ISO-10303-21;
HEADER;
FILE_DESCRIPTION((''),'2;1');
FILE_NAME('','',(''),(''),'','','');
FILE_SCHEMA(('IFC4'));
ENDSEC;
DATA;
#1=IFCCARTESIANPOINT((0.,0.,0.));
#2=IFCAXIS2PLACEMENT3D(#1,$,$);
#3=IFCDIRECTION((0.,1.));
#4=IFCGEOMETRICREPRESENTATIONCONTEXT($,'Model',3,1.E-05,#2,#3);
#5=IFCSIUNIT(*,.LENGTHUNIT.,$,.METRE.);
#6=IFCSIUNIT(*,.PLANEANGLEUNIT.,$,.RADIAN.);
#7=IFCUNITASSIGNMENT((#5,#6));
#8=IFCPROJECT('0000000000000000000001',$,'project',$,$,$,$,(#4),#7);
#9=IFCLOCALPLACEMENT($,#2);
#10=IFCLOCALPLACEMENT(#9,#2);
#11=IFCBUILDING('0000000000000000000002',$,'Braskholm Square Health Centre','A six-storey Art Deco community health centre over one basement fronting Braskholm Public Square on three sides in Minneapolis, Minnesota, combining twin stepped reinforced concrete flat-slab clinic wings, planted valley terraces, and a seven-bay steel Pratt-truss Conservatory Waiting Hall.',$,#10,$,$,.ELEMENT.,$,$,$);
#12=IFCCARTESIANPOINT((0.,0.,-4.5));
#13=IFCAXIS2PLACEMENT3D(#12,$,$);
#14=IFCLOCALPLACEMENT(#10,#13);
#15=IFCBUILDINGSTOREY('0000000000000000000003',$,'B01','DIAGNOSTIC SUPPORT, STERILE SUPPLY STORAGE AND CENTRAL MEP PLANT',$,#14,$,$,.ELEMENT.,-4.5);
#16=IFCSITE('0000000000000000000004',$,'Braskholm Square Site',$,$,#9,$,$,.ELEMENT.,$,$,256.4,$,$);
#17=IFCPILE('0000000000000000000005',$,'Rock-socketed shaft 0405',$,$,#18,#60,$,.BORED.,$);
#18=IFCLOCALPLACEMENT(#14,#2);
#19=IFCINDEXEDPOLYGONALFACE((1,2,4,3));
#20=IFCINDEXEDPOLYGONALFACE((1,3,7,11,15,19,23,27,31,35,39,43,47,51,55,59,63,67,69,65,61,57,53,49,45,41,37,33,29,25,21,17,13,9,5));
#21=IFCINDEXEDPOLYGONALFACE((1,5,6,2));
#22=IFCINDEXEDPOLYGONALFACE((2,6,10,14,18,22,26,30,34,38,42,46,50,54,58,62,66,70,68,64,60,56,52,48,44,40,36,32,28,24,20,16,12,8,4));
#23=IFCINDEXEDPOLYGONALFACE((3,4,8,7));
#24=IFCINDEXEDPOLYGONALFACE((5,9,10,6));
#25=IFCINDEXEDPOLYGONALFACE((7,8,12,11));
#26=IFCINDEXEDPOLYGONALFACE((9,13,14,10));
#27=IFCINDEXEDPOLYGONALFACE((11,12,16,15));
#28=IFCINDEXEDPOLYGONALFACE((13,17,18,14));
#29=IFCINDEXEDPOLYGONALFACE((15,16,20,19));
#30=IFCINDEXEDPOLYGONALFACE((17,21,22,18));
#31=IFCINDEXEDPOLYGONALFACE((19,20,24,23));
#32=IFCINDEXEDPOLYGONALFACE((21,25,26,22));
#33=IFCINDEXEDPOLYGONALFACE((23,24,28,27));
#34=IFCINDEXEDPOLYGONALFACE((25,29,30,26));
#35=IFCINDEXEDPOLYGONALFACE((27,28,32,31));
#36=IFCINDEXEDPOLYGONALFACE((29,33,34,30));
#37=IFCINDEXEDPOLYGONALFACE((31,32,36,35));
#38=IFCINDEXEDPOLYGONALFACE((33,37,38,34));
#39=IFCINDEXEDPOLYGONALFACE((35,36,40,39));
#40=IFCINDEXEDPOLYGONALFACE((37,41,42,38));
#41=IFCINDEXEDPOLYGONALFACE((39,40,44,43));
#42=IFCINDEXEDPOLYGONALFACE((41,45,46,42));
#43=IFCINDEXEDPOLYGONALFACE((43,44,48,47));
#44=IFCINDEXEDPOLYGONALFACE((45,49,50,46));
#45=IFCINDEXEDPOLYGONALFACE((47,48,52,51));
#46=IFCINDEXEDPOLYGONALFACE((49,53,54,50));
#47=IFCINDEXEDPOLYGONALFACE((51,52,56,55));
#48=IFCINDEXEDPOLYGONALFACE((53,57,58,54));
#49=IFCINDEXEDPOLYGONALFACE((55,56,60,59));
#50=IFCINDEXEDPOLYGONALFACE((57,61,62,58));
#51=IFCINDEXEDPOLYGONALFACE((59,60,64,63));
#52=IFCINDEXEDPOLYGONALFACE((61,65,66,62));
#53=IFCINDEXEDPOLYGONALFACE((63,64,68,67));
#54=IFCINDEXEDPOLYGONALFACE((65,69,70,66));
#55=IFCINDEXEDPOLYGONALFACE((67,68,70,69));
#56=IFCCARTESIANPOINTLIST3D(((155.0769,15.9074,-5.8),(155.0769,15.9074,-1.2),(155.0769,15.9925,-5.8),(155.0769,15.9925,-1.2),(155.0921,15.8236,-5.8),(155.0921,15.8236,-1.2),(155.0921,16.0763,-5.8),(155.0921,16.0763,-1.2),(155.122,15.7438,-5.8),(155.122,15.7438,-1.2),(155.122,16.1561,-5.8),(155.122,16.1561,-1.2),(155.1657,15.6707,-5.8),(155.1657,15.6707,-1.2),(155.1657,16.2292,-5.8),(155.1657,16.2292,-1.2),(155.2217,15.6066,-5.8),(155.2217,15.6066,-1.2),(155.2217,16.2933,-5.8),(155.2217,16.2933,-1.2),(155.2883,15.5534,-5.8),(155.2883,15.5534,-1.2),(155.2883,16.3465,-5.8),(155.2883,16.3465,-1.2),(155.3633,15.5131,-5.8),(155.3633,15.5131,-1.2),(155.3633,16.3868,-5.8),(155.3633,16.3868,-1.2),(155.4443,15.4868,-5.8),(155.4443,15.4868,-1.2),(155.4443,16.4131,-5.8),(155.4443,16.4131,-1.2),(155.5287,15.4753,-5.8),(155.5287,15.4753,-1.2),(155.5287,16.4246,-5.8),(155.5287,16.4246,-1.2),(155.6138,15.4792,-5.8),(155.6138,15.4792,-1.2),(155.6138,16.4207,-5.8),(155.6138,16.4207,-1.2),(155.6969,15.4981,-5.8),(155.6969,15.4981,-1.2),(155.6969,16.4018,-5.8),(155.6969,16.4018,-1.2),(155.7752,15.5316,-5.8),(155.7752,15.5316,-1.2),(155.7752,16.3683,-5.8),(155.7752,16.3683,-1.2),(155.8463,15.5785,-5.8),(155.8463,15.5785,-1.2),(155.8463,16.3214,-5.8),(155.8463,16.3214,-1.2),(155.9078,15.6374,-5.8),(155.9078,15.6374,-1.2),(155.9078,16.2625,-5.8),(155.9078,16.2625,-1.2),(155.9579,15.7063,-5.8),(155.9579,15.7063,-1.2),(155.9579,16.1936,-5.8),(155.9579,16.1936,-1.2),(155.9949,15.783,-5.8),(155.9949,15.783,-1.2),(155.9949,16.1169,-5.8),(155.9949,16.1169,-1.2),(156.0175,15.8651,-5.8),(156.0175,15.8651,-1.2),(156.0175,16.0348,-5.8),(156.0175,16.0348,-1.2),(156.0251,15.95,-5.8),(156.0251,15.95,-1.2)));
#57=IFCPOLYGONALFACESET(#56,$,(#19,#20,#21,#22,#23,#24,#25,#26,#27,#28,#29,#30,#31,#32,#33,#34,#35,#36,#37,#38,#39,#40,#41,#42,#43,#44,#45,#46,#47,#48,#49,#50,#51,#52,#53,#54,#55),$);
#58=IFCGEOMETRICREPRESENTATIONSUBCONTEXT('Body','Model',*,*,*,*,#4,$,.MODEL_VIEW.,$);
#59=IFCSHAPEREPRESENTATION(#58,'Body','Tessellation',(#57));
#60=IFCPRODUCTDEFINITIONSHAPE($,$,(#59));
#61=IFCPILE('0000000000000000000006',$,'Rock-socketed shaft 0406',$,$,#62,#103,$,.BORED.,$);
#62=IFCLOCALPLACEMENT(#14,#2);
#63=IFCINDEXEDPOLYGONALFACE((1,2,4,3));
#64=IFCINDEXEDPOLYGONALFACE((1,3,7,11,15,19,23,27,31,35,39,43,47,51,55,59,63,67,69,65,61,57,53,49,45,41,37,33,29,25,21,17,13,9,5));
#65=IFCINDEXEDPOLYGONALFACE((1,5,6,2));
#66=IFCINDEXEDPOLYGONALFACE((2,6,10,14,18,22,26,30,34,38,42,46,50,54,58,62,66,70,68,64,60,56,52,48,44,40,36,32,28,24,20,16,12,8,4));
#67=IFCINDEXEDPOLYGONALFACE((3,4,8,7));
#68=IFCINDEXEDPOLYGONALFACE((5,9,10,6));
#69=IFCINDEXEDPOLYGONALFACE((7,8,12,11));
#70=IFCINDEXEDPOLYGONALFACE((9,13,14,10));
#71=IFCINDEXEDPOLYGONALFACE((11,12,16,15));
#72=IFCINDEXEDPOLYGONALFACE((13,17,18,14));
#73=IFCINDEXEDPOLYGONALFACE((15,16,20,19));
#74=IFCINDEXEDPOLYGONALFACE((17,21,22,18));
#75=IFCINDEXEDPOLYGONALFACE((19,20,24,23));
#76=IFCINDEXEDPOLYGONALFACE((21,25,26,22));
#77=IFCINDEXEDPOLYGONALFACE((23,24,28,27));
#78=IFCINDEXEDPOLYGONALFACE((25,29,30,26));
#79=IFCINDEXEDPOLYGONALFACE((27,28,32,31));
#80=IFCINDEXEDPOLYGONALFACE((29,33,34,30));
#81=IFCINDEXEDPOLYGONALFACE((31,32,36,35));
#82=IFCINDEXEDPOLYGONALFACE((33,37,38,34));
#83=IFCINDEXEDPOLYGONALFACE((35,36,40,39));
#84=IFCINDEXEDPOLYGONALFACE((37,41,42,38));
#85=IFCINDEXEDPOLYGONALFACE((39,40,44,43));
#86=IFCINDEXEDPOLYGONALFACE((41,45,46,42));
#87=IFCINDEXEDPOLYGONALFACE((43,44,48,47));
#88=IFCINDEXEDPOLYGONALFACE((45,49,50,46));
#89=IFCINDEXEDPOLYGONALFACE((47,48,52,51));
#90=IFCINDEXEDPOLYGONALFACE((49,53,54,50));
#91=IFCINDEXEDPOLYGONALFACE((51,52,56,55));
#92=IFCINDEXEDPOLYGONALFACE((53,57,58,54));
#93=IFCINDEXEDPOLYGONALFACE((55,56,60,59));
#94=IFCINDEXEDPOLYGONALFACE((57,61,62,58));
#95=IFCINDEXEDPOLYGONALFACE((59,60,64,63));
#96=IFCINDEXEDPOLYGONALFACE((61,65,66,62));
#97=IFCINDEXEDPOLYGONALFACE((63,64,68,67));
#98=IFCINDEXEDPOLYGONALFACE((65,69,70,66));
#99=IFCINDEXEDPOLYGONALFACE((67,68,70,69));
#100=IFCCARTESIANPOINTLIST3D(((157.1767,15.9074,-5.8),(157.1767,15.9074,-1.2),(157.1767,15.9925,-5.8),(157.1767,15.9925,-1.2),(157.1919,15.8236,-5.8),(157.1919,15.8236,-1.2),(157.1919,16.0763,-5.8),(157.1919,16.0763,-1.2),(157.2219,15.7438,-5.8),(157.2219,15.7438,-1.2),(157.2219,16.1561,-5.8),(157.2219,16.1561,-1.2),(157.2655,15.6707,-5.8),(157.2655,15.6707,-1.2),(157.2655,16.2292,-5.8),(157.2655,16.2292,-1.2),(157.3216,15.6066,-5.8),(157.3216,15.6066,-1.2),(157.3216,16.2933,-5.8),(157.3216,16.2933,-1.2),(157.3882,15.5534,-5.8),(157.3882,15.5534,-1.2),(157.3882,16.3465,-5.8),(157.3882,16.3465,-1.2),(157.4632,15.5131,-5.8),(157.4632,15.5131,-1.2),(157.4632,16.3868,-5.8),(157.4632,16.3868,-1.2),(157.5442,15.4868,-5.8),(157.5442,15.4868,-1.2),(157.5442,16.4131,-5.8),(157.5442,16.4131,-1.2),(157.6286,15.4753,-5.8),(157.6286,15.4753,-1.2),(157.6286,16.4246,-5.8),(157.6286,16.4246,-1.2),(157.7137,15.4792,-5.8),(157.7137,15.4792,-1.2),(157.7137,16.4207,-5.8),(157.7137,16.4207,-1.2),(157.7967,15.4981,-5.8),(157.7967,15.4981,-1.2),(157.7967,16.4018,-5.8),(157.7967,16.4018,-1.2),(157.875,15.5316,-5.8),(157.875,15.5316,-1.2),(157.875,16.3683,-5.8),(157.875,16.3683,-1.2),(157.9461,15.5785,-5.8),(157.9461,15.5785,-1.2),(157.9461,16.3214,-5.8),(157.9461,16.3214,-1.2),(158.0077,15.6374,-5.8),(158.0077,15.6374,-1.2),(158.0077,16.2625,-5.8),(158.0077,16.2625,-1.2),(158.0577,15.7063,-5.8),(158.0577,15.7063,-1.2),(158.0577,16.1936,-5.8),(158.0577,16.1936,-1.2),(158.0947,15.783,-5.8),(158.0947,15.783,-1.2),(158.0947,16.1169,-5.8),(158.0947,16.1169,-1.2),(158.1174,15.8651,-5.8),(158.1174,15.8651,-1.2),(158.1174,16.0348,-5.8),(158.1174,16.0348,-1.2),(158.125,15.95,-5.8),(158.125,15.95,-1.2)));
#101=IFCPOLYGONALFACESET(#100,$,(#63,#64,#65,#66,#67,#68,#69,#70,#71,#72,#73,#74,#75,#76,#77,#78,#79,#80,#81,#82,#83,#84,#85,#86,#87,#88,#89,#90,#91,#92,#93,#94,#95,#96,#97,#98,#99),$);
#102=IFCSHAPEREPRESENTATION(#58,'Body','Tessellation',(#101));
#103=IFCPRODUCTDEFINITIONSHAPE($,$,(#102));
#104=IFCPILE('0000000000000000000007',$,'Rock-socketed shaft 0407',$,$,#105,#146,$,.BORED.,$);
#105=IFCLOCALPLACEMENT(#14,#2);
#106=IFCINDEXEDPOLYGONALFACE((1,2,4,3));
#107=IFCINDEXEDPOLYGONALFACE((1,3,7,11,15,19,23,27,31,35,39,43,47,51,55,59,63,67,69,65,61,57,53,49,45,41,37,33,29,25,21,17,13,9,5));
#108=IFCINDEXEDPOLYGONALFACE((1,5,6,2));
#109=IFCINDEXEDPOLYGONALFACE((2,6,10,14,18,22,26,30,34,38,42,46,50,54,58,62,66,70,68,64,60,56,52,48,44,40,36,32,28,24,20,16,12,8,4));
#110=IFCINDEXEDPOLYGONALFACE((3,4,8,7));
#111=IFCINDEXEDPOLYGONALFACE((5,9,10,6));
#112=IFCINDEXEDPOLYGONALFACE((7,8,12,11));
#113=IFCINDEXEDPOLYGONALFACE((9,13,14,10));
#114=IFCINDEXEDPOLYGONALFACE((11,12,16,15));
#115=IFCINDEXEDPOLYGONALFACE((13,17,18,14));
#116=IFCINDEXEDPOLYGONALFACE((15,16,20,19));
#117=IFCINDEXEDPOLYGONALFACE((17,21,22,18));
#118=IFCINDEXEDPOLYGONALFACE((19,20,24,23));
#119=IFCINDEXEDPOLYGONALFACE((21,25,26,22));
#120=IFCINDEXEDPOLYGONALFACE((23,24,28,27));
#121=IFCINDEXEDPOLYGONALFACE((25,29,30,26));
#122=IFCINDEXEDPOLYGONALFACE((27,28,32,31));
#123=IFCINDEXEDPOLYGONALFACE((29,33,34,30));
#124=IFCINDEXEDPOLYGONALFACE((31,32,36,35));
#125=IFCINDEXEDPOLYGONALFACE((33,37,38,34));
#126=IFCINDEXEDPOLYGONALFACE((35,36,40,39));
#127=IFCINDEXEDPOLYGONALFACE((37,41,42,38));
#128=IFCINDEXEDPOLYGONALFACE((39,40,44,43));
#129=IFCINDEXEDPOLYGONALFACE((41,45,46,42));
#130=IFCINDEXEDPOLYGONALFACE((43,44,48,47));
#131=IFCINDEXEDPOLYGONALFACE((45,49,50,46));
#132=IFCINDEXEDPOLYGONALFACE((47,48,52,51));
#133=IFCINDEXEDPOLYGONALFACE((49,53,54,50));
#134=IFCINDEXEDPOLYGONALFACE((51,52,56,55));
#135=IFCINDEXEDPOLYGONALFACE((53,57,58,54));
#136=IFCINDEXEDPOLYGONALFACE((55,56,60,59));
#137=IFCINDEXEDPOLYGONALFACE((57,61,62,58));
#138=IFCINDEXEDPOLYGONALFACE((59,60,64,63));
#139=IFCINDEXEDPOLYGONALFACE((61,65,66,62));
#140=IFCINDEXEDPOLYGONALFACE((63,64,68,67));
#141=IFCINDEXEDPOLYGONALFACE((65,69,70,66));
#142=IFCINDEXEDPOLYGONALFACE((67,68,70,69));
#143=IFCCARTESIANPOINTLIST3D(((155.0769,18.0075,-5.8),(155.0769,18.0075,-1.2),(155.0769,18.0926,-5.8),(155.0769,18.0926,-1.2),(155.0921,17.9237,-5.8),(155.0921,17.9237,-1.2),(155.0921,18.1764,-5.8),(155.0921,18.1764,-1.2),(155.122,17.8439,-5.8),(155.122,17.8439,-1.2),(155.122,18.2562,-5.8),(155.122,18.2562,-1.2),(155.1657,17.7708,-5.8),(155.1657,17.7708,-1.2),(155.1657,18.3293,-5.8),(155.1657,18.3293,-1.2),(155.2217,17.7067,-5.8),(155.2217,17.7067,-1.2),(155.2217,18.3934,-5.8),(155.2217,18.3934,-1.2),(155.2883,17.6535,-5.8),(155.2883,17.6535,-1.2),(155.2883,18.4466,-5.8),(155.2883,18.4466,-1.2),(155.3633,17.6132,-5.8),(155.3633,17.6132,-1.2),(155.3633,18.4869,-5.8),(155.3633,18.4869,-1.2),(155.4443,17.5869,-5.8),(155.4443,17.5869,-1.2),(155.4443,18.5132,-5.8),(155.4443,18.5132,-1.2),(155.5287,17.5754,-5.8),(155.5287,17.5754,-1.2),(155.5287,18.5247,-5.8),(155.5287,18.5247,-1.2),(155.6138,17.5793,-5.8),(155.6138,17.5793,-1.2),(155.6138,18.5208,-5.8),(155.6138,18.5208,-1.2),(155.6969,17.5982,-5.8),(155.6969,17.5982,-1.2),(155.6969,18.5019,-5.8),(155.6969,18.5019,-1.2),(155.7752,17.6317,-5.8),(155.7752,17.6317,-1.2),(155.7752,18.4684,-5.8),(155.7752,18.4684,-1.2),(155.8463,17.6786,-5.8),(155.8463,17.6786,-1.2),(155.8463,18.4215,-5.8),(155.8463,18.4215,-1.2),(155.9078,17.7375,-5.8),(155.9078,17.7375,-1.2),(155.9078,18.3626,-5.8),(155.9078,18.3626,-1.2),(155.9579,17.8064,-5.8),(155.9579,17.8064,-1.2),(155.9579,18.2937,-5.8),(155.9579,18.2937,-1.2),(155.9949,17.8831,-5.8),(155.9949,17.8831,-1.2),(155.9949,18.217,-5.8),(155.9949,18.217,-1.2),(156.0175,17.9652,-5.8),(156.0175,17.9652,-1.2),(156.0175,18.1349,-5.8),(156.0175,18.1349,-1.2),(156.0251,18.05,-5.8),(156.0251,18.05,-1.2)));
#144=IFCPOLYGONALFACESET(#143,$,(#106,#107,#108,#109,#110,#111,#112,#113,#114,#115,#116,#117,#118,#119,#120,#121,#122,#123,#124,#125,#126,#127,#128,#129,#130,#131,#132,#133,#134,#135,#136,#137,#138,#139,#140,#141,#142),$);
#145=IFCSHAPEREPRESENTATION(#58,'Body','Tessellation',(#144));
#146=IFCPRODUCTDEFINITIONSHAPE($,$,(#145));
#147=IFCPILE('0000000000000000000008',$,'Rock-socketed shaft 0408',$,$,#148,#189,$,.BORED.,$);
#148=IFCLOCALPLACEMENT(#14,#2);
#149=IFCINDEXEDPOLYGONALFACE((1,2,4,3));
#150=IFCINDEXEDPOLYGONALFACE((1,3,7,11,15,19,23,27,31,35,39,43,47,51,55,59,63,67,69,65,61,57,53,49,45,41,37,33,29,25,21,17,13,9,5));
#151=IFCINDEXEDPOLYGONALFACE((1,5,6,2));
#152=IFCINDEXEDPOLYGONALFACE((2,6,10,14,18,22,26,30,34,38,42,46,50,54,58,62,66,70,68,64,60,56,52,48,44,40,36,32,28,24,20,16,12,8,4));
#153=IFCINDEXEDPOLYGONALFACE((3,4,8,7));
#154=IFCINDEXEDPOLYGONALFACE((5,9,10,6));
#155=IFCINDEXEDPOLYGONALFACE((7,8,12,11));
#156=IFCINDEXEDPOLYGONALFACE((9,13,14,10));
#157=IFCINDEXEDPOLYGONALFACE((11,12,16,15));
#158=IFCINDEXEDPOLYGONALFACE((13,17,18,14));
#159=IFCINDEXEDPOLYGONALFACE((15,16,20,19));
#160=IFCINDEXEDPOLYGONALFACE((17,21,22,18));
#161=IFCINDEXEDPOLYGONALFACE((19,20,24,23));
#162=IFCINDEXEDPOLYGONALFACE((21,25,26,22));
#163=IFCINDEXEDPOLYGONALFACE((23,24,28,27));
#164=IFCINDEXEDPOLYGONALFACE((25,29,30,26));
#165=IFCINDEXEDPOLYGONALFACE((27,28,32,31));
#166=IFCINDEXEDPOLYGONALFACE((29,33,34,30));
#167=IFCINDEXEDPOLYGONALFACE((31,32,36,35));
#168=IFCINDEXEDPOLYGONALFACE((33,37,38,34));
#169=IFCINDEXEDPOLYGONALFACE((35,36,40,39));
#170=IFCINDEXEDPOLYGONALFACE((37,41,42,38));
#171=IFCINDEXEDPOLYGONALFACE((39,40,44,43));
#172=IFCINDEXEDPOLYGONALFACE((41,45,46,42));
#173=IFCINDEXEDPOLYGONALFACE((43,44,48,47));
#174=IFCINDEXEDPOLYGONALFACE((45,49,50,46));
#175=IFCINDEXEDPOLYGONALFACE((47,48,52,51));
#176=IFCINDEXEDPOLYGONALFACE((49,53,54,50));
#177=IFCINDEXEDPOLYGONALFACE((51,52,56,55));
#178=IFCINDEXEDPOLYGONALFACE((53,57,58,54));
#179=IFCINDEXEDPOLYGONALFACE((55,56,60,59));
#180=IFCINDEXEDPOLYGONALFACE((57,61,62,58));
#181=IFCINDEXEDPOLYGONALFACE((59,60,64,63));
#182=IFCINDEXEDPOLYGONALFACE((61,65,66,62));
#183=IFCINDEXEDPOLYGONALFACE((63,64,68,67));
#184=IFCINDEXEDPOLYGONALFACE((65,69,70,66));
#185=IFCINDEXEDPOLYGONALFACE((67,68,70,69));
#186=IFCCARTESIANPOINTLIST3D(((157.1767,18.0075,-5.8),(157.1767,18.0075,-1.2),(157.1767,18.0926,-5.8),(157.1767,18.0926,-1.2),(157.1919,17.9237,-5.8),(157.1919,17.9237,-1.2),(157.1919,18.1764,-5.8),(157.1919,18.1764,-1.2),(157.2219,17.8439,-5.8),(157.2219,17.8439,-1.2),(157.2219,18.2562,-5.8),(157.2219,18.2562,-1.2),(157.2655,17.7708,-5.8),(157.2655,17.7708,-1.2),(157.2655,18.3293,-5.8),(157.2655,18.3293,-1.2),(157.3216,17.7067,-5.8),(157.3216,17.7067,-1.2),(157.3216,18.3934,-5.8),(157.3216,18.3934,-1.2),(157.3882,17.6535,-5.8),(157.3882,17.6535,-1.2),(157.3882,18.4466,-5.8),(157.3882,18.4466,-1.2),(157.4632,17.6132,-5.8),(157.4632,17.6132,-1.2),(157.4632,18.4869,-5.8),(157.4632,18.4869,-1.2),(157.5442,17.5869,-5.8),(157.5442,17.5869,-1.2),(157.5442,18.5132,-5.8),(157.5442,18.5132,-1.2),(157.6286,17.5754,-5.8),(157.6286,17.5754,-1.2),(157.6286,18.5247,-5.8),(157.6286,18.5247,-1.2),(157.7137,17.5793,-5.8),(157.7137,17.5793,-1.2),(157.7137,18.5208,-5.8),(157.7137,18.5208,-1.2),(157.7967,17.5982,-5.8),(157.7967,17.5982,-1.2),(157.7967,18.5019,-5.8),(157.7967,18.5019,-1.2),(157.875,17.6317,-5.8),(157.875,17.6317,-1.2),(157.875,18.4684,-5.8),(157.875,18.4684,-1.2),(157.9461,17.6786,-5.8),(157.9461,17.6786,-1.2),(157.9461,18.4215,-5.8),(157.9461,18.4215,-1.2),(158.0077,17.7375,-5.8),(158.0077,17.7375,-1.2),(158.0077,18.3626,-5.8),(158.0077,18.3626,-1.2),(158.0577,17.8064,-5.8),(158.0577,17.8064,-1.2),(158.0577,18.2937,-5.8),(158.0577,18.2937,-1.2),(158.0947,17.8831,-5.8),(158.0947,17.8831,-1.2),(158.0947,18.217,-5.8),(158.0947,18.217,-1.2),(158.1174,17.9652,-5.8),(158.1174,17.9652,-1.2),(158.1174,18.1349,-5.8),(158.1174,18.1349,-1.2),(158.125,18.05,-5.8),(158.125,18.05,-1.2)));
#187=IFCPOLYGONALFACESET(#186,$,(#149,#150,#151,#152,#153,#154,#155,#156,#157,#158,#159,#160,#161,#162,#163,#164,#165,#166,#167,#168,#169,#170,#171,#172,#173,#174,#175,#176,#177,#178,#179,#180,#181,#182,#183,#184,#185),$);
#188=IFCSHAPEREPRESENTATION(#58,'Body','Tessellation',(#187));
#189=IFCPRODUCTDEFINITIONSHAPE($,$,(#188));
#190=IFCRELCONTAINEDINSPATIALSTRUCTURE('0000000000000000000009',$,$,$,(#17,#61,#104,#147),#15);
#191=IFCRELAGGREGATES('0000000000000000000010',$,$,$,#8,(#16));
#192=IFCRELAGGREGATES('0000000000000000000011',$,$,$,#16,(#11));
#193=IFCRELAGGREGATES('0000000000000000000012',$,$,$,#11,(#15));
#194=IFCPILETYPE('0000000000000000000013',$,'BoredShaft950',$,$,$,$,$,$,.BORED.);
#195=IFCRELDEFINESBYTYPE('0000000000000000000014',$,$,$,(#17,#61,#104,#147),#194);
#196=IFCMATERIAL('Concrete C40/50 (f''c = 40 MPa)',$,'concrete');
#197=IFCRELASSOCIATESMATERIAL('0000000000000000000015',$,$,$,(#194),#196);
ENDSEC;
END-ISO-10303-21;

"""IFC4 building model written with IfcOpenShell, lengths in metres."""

from ifc_helpers import new_model, si_unit, direction, frame, origin, origin_2d, place, context, subcontext, project, spatial, circle, extrude, material, material_profile, profile_set, type_object, element, save


model = new_model("IFC4")

# Units and contexts
model_context = context("Model", 3, precision=1e-05, world=origin(), true_north=direction((0.0, 1.0)))
body_context = subcontext(model_context, "Body", "Model", "MODEL_VIEW")
ifc_project = project(units=[si_unit("LENGTHUNIT", "METRE"), si_unit("PLANEANGLEUNIT", "RADIAN")], contexts=[model_context])

# Site, building, storey
site_placement = place(None, origin())
site = spatial("IfcSite", under=ifc_project, at=site_placement, Name="Braskholm Square Site", CompositionType="ELEMENT", RefElevation=256.4)
building_placement = place(site_placement, origin())
building = spatial("IfcBuilding", under=site, at=building_placement, Name="Braskholm Square Health Centre", Description="A six-storey Art Deco community health centre over one basement fronting Braskholm Public Square on three sides in Minneapolis, Minnesota, combining twin stepped reinforced concrete flat-slab clinic wings, planted valley terraces, and a seven-bay steel Pratt-truss Conservatory Waiting Hall.", CompositionType="ELEMENT")
storey_placement = place(building_placement, frame((0.0, 0.0, -4.5)))
storey = spatial("IfcBuildingStorey", under=building, at=storey_placement, Name="B01", Description="DIAGNOSTIC SUPPORT, STERILE SUPPLY STORAGE AND CENTRAL MEP PLANT", CompositionType="ELEMENT", Elevation=-4.5)

# Piles
ifc_material_1 = material(Name="Concrete C40/50 (f'c = 40 MPa)", Category="concrete")
ifc_material_profile_1 = material_profile(ifc_material_1, circle(Radius=0.4751, at=origin_2d()), Name="BORED-PILE-950")
ifc_profile_set_1 = profile_set([ifc_material_profile_1], Name="Concrete C40/50 (f'c = 40 MPa)")
pile_type_1 = type_object("IfcPileType", Name="BoredShaft950", PredefinedType="BORED", material=ifc_profile_set_1)
for number, where, z_axis, x_axis, name in (
    (1, (155.55, 15.95, -1.2), (0.0, 0.0, -1.0), (1.0, 0.0, 0.0), "Rock-socketed shaft 0405"),
    (2, (157.6499, 15.95, -1.2), (0.0, 0.0, -1.0), (1.0, 0.0, 0.0), "Rock-socketed shaft 0406"),
    (3, (155.55, 18.05, -1.2), (0.0, 0.0, -1.0), (1.0, 0.0, 0.0), "Rock-socketed shaft 0407"),
    (4, (157.6499, 18.05, -1.2), (0.0, 0.0, -1.0), (1.0, 0.0, 0.0), "Rock-socketed shaft 0408"),
):
    element("IfcPile", number, at=place(storey_placement, frame(where, z_axis=z_axis, x_axis=x_axis)), inside=storey, type_object=pile_type_1, Name=name, PredefinedType="BORED", context=body_context, shape_type="SweptSolid", body=[
        extrude(circle(Radius=0.4751, at=origin_2d()), origin(), (0.0, 0.0, 1.0), 4.6001),
    ])

save(model, "model.ifc")
